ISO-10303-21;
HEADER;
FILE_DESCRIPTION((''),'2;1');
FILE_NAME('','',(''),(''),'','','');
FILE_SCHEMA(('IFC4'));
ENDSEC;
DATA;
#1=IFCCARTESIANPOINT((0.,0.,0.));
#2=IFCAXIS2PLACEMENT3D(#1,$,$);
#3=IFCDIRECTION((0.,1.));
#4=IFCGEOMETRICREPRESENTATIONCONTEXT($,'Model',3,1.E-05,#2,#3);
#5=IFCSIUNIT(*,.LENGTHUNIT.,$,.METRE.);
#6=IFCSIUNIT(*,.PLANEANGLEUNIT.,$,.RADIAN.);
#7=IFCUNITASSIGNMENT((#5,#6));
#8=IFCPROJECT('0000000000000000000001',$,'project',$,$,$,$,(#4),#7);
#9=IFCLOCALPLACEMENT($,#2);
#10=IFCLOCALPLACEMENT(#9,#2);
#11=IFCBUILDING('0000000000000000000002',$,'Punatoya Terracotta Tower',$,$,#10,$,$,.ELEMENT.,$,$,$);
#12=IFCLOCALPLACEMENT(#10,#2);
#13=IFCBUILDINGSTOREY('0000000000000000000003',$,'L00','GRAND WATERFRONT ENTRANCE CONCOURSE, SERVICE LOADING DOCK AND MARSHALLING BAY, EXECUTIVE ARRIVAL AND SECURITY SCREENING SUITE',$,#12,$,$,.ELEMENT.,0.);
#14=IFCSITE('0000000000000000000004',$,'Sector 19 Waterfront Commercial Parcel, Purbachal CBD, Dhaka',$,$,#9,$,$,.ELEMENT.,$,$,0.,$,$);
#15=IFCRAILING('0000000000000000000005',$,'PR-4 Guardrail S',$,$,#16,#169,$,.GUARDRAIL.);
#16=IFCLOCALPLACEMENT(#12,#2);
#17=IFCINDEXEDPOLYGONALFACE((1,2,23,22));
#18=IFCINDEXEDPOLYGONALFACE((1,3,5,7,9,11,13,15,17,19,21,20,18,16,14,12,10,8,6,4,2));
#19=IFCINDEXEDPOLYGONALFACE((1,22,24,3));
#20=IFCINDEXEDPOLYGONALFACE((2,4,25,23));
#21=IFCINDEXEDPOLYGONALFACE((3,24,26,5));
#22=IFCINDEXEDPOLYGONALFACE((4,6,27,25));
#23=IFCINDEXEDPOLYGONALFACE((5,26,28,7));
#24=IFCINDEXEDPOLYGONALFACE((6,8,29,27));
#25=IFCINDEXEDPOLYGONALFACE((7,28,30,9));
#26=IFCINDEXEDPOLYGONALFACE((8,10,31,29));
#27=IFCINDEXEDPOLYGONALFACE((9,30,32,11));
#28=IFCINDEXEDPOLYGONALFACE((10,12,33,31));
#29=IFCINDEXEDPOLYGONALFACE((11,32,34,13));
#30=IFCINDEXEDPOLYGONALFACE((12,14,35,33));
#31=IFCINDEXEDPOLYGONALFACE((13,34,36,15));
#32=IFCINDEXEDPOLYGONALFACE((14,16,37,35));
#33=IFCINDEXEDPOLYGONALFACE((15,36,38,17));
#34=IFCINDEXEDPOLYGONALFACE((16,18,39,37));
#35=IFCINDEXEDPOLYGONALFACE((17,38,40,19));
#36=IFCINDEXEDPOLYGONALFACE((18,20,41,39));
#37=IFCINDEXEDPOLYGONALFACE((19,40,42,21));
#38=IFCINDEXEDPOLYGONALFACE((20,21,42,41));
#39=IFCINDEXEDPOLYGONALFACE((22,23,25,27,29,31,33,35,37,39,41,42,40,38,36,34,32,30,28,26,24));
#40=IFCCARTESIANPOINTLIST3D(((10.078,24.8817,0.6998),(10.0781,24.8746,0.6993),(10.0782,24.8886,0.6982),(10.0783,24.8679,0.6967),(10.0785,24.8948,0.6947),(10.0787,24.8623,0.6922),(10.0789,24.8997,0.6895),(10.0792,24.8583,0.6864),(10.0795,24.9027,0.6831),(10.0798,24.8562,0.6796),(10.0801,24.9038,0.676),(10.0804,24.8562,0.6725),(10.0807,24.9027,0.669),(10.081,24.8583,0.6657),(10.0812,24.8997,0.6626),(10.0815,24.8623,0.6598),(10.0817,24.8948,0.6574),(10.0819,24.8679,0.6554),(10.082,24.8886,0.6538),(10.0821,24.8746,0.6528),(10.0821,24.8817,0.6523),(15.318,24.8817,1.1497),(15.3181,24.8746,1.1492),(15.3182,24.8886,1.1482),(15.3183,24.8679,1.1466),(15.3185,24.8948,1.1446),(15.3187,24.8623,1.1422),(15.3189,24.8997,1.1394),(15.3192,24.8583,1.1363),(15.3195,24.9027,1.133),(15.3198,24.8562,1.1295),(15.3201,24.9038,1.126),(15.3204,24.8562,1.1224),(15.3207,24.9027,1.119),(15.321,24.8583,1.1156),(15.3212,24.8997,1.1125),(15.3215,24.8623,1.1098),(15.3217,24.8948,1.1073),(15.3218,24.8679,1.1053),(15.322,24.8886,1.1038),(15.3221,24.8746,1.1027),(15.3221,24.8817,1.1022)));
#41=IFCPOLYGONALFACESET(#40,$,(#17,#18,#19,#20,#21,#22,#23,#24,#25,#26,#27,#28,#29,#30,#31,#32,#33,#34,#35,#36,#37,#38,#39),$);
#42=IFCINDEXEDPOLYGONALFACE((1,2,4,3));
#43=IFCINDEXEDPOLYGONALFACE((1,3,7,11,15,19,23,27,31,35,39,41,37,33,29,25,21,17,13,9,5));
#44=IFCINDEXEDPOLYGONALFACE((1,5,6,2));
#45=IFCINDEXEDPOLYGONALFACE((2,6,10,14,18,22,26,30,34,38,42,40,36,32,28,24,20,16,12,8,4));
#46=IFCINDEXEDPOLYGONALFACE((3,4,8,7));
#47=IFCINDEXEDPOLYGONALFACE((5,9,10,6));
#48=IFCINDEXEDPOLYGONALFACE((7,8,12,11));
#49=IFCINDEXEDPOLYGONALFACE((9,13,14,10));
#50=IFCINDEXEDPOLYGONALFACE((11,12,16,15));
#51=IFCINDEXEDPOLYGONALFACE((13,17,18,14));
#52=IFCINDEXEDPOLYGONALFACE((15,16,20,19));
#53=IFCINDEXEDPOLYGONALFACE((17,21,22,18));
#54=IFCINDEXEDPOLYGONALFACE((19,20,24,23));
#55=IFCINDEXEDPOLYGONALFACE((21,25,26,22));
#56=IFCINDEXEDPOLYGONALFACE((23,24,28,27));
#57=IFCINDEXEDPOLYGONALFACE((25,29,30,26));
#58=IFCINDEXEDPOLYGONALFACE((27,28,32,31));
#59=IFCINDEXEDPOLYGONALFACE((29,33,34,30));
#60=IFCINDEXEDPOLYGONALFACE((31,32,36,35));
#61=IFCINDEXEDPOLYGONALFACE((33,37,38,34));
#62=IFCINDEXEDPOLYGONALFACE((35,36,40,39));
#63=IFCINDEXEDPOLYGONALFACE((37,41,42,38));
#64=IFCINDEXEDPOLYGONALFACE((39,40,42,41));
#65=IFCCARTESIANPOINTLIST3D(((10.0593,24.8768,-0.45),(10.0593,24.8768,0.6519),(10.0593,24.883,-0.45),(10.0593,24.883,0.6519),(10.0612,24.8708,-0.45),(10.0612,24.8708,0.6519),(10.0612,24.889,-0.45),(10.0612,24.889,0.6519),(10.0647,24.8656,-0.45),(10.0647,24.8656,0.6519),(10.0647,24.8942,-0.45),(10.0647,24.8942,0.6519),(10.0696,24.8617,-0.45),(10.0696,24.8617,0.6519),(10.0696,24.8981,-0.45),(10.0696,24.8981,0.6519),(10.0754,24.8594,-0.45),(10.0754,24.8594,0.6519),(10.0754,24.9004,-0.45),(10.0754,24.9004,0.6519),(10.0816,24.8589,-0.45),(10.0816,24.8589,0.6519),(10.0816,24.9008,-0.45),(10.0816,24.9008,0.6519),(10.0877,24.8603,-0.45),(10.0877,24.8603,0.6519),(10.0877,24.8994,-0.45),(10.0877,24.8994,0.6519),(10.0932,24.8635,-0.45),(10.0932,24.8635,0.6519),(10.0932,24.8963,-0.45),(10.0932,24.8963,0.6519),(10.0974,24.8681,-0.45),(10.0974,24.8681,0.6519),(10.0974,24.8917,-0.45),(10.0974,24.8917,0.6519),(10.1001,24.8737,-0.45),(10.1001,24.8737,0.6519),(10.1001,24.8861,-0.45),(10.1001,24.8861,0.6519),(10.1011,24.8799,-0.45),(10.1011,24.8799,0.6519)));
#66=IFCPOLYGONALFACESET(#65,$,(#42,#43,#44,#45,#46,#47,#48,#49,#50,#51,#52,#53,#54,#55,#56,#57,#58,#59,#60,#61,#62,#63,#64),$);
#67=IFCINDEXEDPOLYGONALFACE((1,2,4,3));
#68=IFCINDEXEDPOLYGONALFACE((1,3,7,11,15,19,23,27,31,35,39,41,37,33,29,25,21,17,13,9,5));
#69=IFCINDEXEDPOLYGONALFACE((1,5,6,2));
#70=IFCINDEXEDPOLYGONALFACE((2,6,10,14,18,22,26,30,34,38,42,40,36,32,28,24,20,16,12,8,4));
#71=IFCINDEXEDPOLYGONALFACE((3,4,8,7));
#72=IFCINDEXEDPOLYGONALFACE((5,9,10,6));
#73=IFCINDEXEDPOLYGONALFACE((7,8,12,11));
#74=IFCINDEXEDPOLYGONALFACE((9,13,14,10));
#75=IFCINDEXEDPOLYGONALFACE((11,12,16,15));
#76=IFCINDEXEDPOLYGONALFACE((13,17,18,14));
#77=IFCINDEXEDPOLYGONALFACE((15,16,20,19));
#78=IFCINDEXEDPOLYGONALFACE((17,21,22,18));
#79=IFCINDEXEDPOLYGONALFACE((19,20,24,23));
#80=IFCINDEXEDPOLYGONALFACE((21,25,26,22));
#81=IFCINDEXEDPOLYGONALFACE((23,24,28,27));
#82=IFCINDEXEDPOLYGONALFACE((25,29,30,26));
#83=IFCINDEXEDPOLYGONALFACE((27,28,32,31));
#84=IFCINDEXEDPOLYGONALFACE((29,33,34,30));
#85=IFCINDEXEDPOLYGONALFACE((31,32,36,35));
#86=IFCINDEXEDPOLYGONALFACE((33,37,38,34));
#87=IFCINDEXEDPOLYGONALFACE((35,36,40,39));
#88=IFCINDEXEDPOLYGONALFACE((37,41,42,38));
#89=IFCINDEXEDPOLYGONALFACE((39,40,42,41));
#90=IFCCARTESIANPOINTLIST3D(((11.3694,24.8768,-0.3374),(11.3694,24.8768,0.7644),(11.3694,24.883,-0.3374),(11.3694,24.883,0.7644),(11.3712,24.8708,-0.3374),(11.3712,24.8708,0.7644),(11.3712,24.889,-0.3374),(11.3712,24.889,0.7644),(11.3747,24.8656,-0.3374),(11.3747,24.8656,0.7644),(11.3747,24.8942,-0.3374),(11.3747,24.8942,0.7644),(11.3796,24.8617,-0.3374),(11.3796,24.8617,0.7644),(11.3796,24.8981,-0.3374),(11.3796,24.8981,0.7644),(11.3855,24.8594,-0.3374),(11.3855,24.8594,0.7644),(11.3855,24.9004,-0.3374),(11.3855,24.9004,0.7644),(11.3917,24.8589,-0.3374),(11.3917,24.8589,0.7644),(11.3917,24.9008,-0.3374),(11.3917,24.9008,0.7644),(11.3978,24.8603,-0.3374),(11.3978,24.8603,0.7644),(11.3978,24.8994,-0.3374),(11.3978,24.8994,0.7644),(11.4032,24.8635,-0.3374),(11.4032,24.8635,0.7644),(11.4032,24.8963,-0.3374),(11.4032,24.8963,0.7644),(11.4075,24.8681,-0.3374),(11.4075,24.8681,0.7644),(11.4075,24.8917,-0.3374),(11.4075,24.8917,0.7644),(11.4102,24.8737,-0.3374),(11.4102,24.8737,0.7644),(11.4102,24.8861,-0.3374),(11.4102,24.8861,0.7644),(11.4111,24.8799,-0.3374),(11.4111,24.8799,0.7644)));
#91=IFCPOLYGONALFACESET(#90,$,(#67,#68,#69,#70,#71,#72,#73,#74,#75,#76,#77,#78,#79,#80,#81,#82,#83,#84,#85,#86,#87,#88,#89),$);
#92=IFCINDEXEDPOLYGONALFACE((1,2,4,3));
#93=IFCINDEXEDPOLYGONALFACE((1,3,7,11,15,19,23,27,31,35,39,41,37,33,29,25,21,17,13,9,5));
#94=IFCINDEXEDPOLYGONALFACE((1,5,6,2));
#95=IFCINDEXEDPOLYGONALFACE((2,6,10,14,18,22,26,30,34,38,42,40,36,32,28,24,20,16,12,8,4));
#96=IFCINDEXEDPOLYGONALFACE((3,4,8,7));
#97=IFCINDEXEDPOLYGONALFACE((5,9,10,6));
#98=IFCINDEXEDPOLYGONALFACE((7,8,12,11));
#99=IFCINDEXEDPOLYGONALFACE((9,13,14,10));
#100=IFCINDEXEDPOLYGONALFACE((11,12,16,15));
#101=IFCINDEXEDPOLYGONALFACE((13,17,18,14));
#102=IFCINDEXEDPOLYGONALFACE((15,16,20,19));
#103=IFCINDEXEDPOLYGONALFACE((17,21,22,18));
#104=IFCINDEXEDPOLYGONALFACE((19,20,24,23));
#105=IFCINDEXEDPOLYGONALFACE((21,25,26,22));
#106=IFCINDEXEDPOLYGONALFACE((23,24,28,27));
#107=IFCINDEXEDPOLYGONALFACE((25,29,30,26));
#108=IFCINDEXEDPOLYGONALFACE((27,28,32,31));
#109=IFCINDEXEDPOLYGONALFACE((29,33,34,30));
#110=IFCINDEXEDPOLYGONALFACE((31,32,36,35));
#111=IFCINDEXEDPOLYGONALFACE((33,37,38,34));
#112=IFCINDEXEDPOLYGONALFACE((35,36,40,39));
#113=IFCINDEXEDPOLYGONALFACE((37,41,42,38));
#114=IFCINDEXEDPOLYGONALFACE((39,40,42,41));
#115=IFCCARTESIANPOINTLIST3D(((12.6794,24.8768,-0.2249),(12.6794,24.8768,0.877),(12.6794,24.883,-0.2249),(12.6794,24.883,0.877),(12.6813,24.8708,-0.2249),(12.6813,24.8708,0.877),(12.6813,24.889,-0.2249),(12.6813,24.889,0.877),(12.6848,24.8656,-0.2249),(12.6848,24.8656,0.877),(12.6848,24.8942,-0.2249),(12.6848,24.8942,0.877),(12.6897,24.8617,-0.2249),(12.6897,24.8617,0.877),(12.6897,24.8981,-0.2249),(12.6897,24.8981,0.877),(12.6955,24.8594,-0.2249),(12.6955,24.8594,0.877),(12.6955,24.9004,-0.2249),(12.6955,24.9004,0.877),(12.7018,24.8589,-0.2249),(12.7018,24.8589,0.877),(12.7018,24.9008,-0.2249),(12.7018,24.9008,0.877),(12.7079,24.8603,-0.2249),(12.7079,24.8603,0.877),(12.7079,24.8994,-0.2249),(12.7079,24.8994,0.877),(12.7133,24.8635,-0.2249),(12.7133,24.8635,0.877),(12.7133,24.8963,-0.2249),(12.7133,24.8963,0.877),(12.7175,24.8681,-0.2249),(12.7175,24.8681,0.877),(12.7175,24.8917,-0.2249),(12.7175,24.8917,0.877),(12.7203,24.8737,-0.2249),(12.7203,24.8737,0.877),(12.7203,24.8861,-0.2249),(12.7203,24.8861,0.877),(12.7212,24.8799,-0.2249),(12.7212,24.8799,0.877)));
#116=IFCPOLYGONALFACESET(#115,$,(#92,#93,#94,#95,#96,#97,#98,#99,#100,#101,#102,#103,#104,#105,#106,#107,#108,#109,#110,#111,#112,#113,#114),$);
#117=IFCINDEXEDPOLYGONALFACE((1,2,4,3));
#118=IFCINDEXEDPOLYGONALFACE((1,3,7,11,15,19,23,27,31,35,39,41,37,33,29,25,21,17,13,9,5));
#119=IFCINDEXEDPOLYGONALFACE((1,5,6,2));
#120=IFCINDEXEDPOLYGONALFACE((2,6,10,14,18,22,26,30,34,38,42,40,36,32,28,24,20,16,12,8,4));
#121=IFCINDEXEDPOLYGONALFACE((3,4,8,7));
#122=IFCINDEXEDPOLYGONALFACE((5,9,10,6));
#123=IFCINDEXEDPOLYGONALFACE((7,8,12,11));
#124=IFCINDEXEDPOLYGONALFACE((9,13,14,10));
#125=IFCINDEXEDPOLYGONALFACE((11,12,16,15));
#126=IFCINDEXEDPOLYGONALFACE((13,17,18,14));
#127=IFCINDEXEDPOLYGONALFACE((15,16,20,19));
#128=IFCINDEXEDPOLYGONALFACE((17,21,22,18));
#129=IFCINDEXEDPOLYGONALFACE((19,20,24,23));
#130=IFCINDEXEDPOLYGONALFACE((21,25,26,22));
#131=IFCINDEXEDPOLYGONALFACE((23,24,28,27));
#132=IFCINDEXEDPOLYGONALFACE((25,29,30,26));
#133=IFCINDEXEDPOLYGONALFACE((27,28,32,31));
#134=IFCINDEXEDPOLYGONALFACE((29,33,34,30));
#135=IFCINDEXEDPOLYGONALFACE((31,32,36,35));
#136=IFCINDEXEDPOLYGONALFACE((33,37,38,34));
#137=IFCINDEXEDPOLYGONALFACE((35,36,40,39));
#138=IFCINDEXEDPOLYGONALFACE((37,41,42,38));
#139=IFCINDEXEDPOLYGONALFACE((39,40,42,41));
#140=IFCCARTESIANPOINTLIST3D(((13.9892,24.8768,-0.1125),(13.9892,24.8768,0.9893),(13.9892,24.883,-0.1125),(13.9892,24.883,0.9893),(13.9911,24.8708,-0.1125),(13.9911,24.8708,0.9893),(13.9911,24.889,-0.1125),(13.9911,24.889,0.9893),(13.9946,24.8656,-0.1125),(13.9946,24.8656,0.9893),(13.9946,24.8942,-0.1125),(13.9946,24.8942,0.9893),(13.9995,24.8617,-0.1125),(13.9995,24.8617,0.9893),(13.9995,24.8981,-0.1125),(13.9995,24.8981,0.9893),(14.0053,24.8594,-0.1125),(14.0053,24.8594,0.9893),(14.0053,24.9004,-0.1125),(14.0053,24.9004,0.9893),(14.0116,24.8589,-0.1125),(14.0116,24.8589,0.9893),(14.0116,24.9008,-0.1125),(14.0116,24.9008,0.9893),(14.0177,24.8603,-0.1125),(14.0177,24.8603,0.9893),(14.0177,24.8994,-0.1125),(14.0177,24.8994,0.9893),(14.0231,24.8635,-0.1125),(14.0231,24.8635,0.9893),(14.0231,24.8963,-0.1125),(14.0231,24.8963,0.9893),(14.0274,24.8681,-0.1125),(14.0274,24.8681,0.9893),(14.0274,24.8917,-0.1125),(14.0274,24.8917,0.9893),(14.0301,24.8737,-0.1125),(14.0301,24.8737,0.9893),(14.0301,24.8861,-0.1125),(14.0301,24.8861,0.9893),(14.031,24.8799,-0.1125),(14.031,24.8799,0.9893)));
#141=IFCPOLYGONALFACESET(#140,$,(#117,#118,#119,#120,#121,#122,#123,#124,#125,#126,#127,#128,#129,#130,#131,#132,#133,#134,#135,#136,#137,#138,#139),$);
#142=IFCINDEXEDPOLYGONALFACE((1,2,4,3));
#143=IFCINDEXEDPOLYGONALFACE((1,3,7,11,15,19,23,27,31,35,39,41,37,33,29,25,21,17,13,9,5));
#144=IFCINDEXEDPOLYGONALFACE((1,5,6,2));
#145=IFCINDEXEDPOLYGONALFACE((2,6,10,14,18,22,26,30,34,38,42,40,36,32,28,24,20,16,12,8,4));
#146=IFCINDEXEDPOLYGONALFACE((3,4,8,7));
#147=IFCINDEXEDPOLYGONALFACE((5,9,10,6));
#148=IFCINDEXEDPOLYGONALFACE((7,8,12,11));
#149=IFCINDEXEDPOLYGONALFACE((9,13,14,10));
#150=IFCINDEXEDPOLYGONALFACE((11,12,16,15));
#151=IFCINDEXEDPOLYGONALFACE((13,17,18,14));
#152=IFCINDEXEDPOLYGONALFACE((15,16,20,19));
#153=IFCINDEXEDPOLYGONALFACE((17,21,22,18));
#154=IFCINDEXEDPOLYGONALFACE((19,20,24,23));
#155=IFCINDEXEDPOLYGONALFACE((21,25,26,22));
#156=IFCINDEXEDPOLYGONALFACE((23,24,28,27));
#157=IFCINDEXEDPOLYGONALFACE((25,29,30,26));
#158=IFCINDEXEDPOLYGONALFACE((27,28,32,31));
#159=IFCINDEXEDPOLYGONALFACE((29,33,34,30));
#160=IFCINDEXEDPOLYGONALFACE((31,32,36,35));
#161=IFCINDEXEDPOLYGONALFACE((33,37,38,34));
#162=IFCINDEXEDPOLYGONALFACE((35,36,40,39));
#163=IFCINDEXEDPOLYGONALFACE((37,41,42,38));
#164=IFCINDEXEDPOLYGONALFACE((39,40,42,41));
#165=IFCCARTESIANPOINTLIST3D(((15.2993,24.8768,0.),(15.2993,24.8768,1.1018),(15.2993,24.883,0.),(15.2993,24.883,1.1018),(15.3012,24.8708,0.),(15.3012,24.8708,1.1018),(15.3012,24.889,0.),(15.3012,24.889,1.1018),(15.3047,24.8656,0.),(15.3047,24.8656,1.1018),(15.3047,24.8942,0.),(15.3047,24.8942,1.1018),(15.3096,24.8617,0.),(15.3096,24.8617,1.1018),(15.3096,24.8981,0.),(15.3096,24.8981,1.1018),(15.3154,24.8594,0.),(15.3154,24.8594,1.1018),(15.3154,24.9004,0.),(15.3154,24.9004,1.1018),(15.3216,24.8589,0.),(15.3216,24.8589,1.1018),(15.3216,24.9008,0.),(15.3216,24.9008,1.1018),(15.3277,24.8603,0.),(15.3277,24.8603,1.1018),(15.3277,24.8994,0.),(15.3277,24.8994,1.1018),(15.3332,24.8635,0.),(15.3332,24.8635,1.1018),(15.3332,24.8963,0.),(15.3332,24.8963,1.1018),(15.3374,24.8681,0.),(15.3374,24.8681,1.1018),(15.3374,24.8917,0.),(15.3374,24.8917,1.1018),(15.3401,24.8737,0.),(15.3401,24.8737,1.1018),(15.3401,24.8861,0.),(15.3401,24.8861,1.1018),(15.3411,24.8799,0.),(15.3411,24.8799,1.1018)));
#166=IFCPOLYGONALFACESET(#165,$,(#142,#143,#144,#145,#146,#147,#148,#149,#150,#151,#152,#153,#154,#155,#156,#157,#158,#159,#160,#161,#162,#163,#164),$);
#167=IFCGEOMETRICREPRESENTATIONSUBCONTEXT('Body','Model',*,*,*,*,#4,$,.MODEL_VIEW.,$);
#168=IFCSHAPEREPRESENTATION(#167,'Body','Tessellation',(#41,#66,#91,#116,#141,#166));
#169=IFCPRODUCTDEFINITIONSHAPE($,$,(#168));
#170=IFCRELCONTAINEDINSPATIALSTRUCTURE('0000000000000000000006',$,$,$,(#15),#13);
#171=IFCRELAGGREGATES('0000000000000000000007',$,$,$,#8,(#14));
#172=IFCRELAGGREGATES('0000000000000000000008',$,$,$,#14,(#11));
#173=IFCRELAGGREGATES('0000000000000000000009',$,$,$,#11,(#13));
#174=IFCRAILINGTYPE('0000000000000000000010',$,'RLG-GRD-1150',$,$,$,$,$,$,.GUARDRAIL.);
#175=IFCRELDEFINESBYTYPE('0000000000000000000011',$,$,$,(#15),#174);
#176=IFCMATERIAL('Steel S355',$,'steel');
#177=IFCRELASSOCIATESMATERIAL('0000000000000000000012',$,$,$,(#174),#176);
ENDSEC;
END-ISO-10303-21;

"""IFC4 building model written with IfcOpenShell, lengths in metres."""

from ifc_helpers import new_model, si_unit, direction, frame, origin, origin_2d, place, context, subcontext, project, spatial, circle, extrude, material, type_object, element, save


model = new_model("IFC4")

# Units and contexts
model_context = context("Model", 3, precision=1e-05, world=origin(), true_north=direction((0.0, 1.0)))
body_context = subcontext(model_context, "Body", "Model", "MODEL_VIEW")
ifc_project = project(units=[si_unit("LENGTHUNIT", "METRE"), si_unit("PLANEANGLEUNIT", "RADIAN")], contexts=[model_context])

# Site, building, storey
site_placement = place(None, origin())
site = spatial("IfcSite", under=ifc_project, at=site_placement, Name="Sector 19 Waterfront Commercial Parcel, Purbachal CBD, Dhaka", CompositionType="ELEMENT", RefElevation=0.0)
building_placement = place(site_placement, origin())
building = spatial("IfcBuilding", under=site, at=building_placement, Name="Punatoya Terracotta Tower", CompositionType="ELEMENT")
storey_placement = place(building_placement, origin())
storey = spatial("IfcBuildingStorey", under=building, at=storey_placement, Name="L00", Description="GRAND WATERFRONT ENTRANCE CONCOURSE, SERVICE LOADING DOCK AND MARSHALLING BAY, EXECUTIVE ARRIVAL AND SECURITY SCREENING SUITE", CompositionType="ELEMENT", Elevation=0.0)

# Shared definitions
ifc_material_1 = material(Name="Steel S355", Category="steel")

# Railing
railing_type_1 = type_object("IfcRailingType", Name="RLG-GRD-1150", PredefinedType="GUARDRAIL", material=ifc_material_1)
for number, where, name in (
    (1, (10.0801, 24.8799, -0.45), "PR-4 Guardrail S"),
):
    element("IfcRailing", number, at=place(storey_placement, frame(where)), inside=storey, type_object=railing_type_1, Name=name, PredefinedType="GUARDRAIL", context=body_context, shape_type="SweptSolid", body=[
        extrude(circle(Radius=0.0239, at=origin_2d()), frame((0.0, 0.0, 1.126), z_axis=(0.996334, 0.0, 0.085554), x_axis=(0.0, 1.0, 0.0)), (0.0, 0.0, 1.0), 5.2593),
        extrude(circle(Radius=0.021, at=origin_2d()), origin(), (0.0, 0.0, 1.0), 1.1018),
        extrude(circle(Radius=0.021, at=origin_2d()), frame((1.3101, 0.0, 0.1125)), (0.0, 0.0, 1.0), 1.1018),
        extrude(circle(Radius=0.021, at=origin_2d()), frame((2.6201, 0.0, 0.2251)), (0.0, 0.0, 1.0), 1.1018),
        extrude(circle(Radius=0.021, at=origin_2d()), frame((3.9299, 0.0, 0.3374)), (0.0, 0.0, 1.0), 1.1018),
        extrude(circle(Radius=0.021, at=origin_2d()), frame((5.24, 0.0, 0.45)), (0.0, 0.0, 1.0), 1.1018),
    ])

save(model, "model.ifc")
